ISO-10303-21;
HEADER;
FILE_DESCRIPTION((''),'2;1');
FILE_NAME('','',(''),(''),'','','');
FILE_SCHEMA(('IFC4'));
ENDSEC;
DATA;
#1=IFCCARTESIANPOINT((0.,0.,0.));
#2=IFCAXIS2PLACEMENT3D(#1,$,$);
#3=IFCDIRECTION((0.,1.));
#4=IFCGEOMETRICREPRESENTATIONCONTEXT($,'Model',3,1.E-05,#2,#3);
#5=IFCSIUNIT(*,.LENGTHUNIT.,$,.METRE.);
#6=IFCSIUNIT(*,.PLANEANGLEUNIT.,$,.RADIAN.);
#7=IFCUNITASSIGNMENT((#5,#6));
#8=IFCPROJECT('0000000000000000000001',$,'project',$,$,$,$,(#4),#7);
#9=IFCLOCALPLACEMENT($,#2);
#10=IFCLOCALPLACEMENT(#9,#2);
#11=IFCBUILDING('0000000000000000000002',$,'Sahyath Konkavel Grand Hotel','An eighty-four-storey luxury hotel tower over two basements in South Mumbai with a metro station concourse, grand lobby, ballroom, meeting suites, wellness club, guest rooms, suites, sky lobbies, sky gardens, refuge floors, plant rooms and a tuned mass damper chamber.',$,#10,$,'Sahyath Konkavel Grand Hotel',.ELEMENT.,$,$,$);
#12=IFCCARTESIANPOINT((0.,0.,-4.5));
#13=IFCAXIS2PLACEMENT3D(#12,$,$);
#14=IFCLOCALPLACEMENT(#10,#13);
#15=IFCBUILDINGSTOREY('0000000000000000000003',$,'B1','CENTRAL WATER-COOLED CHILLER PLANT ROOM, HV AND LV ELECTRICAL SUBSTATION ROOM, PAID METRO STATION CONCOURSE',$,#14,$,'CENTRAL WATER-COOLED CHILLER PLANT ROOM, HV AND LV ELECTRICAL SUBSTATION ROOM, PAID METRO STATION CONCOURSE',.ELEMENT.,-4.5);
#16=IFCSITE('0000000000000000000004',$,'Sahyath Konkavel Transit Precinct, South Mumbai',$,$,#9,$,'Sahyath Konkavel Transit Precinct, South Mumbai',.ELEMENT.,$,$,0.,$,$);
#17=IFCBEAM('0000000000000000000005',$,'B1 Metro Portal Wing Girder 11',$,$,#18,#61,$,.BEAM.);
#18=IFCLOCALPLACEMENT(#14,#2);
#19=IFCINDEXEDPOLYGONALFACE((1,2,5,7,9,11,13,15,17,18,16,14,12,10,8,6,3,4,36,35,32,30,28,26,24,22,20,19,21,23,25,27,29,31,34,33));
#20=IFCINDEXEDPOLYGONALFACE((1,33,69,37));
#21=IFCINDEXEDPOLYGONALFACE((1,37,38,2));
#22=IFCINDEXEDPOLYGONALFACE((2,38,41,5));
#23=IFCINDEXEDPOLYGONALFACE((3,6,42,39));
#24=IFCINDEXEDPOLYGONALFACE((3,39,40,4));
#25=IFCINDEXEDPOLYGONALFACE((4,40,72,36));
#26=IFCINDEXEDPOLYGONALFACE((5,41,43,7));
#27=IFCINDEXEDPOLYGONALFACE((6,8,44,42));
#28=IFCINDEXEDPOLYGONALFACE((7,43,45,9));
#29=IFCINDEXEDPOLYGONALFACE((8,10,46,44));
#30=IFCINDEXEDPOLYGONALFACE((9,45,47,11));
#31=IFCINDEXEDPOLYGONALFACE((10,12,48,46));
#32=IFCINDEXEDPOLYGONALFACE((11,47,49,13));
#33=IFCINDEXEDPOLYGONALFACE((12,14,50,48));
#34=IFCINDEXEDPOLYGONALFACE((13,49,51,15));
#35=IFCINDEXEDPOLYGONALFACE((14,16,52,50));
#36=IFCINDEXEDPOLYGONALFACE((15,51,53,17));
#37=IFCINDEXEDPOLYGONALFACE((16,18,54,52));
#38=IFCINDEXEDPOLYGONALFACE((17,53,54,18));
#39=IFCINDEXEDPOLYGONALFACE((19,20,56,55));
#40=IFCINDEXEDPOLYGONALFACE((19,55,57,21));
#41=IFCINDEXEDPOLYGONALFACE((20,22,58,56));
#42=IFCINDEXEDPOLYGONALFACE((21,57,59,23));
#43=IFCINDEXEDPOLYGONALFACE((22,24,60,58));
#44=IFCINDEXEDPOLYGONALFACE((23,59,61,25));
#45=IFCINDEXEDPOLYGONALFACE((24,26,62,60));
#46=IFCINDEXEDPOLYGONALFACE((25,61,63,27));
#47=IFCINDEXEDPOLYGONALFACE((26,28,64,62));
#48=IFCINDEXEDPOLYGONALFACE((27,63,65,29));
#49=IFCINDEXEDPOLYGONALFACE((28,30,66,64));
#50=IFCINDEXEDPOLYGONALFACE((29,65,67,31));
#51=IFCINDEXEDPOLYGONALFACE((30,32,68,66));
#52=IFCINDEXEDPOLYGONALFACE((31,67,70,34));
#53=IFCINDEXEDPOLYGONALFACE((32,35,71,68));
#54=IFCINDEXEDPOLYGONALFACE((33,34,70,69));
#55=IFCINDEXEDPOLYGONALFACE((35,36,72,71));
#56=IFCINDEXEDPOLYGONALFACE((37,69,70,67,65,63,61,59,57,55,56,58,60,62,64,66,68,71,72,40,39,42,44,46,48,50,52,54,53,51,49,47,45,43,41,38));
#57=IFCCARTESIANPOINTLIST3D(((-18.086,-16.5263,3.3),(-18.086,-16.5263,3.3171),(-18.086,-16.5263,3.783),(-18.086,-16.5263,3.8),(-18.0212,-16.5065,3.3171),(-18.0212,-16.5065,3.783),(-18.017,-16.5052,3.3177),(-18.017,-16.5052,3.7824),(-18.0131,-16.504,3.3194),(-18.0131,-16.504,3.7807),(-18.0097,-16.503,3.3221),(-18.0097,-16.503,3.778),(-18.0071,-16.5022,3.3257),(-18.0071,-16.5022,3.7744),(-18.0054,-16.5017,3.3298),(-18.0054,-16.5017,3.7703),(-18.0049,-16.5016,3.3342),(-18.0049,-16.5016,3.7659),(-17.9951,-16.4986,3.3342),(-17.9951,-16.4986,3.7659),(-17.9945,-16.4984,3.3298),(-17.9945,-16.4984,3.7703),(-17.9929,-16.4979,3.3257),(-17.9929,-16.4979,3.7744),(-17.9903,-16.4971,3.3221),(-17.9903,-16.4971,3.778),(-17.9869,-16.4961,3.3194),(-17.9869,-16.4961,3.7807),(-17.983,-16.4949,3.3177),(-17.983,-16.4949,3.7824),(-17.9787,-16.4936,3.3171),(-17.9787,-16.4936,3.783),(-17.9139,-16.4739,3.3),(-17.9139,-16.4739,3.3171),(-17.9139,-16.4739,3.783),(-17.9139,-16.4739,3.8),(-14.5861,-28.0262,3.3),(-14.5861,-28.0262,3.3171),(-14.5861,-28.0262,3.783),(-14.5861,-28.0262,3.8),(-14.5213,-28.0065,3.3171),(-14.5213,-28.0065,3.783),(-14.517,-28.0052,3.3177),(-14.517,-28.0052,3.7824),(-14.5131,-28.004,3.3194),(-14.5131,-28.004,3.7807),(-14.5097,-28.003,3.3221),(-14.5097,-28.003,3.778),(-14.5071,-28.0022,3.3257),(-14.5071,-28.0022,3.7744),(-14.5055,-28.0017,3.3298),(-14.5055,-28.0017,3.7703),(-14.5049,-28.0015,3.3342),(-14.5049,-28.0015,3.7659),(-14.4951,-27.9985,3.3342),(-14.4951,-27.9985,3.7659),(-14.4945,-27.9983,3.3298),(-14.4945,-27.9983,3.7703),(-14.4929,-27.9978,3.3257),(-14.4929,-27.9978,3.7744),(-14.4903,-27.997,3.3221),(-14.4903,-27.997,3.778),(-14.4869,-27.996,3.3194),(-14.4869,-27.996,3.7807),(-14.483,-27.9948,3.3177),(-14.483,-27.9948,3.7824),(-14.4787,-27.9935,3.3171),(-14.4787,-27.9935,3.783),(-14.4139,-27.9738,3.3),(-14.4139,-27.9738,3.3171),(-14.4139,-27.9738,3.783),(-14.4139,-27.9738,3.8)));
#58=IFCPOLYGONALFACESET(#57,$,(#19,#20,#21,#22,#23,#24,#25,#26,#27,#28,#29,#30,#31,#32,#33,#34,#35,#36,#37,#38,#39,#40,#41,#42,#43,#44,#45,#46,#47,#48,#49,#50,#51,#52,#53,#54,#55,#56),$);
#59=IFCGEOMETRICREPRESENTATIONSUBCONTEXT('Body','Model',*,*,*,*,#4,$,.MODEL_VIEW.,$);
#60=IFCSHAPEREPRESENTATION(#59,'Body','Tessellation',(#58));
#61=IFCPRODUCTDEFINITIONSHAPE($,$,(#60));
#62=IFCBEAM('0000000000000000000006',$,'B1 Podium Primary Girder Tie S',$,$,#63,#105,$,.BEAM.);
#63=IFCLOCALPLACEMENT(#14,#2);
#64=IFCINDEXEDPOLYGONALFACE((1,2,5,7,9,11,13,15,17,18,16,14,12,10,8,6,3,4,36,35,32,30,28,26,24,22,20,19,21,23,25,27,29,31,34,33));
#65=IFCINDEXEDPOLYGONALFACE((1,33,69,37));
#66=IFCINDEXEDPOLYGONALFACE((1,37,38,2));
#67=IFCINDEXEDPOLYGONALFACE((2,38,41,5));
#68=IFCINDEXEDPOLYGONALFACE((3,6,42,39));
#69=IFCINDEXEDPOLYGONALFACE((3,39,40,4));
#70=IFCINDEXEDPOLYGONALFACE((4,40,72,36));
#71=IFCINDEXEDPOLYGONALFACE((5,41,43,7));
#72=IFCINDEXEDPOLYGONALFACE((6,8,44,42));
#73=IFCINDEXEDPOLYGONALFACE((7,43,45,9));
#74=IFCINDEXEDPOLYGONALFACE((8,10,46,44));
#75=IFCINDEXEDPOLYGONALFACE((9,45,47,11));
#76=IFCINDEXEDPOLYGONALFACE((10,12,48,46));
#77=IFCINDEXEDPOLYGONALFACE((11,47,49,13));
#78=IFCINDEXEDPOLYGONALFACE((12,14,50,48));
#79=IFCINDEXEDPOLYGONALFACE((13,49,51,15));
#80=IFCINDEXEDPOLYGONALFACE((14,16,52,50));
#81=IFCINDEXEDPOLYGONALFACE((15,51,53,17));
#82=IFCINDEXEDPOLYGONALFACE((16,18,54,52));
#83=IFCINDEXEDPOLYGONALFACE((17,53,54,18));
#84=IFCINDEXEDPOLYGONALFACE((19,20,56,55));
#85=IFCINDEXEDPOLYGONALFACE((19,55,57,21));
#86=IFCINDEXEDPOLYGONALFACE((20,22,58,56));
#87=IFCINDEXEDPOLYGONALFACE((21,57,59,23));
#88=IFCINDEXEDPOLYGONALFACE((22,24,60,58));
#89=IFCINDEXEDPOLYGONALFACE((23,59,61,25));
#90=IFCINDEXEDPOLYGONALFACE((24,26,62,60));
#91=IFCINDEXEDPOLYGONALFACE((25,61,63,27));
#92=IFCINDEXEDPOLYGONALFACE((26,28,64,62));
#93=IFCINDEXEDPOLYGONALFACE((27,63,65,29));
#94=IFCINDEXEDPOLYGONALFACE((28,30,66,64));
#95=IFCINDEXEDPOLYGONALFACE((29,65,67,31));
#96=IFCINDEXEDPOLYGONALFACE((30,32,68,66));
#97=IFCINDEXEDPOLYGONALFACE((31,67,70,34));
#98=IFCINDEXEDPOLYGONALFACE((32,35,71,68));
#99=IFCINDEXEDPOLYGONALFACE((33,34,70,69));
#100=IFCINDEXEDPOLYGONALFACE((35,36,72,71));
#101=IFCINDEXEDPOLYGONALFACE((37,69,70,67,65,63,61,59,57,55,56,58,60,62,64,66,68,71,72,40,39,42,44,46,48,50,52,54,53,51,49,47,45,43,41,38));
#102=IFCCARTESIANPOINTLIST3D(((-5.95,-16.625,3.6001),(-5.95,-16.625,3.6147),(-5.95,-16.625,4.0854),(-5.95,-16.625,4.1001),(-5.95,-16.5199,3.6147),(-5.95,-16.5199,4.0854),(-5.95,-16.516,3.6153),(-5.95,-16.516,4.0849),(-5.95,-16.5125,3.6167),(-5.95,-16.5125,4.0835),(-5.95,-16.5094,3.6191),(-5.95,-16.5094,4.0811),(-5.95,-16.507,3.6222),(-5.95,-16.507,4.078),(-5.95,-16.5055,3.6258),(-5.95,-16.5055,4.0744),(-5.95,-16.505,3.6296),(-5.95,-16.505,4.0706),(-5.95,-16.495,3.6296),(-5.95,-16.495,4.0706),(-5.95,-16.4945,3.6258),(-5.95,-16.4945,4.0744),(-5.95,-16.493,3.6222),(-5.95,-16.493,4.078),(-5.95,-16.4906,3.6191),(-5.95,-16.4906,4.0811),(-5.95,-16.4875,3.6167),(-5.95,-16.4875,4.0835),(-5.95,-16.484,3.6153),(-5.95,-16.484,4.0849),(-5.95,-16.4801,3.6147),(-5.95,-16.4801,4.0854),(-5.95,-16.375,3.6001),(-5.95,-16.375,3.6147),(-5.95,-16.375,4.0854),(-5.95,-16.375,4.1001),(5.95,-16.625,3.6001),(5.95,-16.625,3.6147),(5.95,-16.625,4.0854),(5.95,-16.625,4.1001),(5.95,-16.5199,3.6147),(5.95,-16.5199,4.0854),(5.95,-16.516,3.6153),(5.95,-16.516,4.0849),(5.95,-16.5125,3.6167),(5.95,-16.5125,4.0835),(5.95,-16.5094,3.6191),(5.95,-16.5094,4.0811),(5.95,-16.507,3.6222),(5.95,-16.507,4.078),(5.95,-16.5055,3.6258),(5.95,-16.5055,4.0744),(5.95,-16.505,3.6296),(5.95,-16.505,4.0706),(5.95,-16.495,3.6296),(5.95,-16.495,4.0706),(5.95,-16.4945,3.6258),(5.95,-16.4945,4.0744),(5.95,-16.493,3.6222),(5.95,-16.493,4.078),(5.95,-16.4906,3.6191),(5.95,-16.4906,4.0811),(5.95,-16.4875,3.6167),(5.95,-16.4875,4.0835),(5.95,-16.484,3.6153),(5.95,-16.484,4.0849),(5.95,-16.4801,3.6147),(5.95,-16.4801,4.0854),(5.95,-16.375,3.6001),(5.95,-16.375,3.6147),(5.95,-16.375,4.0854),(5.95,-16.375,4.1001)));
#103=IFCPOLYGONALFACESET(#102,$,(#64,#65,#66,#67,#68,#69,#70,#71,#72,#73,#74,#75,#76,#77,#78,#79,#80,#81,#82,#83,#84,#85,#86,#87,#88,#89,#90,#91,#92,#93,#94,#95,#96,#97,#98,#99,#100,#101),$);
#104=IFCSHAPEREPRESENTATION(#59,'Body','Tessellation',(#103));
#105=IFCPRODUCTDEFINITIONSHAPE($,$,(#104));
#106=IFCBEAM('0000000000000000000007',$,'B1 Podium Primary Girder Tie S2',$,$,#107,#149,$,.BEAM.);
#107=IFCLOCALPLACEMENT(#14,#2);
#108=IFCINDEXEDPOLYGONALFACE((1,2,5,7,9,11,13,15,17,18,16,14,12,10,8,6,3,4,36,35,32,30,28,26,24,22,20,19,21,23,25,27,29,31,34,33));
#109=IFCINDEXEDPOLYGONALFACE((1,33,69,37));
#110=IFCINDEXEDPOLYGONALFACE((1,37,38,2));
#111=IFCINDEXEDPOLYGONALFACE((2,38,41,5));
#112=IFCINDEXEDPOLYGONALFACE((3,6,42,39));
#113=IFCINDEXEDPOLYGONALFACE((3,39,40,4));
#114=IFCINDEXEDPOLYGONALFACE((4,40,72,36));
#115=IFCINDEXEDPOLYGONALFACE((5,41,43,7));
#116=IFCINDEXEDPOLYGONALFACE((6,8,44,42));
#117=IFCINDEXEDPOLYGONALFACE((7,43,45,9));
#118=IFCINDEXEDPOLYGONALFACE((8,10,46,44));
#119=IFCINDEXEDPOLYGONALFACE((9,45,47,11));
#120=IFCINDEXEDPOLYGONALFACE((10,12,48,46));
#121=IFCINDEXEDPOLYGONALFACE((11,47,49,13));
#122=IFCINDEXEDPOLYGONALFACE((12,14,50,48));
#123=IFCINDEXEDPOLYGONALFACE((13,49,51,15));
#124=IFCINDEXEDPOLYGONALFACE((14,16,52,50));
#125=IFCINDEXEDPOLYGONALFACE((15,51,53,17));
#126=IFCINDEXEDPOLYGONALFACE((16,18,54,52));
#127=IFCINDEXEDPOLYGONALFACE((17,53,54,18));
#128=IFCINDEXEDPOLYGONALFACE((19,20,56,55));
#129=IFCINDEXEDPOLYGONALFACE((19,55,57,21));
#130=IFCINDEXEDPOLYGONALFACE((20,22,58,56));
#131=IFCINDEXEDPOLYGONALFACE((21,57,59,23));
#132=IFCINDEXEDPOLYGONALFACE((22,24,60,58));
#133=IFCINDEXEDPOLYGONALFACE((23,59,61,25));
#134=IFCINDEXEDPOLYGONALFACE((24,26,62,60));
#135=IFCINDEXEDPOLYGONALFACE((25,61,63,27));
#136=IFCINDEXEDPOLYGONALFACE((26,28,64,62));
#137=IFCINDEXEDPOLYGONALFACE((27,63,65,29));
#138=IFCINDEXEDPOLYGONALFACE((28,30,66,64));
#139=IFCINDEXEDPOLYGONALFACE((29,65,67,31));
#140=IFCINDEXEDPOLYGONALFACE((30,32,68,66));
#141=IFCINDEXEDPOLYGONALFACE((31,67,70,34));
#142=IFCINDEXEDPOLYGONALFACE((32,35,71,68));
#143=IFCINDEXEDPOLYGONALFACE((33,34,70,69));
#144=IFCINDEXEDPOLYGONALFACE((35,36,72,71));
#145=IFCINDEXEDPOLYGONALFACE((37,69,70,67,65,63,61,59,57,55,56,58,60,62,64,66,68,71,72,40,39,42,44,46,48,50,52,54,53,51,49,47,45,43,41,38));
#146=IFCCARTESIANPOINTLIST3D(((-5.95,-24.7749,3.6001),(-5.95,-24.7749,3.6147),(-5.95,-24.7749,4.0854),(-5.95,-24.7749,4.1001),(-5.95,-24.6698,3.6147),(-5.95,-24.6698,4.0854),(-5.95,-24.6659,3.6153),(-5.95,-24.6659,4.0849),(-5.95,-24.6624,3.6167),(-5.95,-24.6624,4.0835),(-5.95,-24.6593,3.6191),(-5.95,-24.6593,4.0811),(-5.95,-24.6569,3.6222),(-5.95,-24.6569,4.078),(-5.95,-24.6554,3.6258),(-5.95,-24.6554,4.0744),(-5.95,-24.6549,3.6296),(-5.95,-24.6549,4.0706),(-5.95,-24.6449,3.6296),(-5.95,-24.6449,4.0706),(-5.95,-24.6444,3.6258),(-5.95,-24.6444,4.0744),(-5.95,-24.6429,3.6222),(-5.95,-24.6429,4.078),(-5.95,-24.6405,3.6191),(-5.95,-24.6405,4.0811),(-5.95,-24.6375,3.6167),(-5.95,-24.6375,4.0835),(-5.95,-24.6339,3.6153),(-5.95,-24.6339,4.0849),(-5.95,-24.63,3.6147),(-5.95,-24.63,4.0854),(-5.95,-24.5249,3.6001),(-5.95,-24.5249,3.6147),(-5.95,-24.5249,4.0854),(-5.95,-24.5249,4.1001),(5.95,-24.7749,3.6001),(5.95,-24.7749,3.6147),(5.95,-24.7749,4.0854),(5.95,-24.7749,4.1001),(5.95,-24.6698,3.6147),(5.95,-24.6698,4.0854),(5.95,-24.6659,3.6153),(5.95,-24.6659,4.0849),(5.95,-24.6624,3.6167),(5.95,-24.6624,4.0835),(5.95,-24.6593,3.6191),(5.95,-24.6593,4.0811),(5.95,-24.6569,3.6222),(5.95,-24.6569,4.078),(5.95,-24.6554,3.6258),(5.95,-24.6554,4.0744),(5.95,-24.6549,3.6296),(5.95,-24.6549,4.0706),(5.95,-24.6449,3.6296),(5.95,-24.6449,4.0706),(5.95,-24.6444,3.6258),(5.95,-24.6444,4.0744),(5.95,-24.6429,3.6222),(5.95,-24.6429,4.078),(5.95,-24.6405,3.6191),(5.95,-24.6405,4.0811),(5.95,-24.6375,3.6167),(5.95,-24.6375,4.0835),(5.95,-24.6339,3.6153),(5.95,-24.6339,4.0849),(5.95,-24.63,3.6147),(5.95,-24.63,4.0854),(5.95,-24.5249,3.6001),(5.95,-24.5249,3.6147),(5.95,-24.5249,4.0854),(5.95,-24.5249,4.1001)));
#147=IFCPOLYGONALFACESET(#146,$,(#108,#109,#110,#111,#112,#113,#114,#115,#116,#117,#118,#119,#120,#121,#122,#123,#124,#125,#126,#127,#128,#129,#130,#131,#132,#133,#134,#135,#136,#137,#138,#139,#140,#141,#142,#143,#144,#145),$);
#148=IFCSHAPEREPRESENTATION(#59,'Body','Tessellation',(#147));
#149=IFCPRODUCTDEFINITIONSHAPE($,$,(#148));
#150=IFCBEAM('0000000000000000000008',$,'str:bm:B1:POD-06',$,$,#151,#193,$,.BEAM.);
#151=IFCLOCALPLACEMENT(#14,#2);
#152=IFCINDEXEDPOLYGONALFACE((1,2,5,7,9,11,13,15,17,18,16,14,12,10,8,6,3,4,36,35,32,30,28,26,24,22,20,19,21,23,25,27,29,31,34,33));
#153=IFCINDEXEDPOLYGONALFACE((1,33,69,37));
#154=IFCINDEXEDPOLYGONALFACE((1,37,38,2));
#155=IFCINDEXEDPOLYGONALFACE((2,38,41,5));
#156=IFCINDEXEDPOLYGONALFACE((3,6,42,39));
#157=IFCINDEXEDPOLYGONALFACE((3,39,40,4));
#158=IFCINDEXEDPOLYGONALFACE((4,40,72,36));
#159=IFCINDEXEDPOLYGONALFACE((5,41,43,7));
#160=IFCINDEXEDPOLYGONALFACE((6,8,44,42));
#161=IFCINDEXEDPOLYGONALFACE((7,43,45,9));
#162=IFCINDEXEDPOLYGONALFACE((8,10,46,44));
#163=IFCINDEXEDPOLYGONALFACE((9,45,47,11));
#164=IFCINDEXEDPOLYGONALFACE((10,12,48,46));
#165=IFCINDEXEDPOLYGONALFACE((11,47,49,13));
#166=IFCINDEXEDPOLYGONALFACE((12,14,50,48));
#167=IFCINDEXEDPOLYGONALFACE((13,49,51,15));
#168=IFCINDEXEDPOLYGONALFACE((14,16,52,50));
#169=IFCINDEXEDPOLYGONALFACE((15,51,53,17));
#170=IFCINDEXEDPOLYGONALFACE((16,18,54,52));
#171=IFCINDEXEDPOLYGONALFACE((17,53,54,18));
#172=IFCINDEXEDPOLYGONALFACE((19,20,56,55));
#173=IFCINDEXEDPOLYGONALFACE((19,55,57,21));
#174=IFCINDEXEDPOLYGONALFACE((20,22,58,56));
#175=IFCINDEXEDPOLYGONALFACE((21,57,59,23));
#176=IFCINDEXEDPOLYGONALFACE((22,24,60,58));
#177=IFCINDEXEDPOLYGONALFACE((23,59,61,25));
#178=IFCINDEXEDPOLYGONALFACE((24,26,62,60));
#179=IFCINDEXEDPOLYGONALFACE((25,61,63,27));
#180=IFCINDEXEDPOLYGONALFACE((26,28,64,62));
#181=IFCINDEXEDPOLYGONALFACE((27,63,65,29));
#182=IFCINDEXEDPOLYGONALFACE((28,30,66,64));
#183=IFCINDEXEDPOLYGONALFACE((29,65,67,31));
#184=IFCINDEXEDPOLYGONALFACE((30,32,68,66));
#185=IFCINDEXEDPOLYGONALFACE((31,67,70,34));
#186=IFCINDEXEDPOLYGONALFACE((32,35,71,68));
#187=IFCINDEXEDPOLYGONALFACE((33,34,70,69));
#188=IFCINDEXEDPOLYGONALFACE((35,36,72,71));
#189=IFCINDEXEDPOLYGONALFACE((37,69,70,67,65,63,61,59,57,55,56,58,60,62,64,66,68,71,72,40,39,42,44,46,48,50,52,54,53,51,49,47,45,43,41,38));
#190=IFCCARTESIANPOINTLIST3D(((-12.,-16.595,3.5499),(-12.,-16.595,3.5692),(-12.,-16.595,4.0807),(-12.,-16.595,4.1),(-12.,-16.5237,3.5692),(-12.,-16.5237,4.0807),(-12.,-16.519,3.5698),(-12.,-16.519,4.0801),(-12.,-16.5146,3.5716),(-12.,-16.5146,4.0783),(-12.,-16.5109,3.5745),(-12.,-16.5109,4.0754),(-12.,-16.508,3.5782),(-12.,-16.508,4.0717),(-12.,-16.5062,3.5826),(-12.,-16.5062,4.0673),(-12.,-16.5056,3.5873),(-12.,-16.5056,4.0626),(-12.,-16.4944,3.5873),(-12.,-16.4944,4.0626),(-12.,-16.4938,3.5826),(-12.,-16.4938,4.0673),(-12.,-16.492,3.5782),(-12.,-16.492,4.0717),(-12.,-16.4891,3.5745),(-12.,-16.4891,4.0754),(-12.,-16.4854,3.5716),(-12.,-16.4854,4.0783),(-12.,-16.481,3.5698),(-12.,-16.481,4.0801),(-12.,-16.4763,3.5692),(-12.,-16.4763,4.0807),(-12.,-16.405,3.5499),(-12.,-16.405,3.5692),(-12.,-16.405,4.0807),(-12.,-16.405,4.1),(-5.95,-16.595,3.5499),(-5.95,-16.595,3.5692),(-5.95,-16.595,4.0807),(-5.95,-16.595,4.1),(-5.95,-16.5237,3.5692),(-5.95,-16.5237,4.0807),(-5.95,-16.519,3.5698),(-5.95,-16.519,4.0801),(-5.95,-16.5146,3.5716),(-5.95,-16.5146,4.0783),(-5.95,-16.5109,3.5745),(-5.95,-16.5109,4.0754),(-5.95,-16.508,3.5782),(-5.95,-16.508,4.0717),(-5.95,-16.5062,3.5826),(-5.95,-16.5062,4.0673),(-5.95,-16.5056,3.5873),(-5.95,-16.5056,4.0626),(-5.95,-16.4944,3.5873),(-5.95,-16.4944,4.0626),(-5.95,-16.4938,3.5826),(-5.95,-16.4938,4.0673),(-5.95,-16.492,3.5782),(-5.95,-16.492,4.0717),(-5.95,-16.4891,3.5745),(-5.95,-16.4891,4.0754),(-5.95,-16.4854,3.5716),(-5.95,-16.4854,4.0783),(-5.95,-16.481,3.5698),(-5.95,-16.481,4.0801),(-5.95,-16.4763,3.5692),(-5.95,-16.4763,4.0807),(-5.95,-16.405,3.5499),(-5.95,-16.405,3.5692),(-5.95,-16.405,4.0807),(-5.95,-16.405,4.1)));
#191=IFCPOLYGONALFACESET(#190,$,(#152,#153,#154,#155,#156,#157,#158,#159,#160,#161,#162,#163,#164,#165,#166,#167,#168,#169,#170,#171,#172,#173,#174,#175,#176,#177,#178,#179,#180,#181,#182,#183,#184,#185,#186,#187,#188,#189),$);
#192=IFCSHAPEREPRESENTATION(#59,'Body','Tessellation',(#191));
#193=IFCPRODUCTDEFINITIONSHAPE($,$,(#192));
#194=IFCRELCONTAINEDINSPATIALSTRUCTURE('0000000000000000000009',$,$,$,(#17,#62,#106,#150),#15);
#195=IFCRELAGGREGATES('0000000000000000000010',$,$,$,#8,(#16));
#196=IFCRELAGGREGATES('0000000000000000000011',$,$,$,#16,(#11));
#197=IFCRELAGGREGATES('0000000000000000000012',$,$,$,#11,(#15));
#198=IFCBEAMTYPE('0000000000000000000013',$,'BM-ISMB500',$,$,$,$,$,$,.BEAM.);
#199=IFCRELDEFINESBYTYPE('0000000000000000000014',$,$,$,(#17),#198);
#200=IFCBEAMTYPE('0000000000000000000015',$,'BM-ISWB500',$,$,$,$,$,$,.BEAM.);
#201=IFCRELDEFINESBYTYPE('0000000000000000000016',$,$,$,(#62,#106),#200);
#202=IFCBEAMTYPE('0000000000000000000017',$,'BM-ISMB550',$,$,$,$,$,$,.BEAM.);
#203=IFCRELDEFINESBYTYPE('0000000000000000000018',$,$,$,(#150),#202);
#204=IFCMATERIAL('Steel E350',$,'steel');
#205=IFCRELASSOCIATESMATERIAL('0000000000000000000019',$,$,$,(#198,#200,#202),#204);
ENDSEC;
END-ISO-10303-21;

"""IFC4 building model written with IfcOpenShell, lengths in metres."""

from ifc_helpers import new_model, si_unit, direction, frame, origin, origin_2d, place, context, subcontext, project, spatial, i_section, extrude, source, transform, mapped, material, material_profile, profile_set, type_object, element, save


model = new_model("IFC4")

# Units and contexts
model_context = context("Model", 3, precision=1e-05, world=origin(), true_north=direction((0.0, 1.0)))
body_context = subcontext(model_context, "Body", "Model", "MODEL_VIEW")
ifc_project = project(units=[si_unit("LENGTHUNIT", "METRE"), si_unit("PLANEANGLEUNIT", "RADIAN")], contexts=[model_context])

# Site, building, storey
site_placement = place(None, origin())
site = spatial("IfcSite", under=ifc_project, at=site_placement, Name="Sahyath Konkavel Transit Precinct, South Mumbai", LongName="Sahyath Konkavel Transit Precinct, South Mumbai", CompositionType="ELEMENT", RefElevation=0.0)
building_placement = place(site_placement, origin())
building = spatial("IfcBuilding", under=site, at=building_placement, Name="Sahyath Konkavel Grand Hotel", Description="An eighty-four-storey luxury hotel tower over two basements in South Mumbai with a metro station concourse, grand lobby, ballroom, meeting suites, wellness club, guest rooms, suites, sky lobbies, sky gardens, refuge floors, plant rooms and a tuned mass damper chamber.", LongName="Sahyath Konkavel Grand Hotel", CompositionType="ELEMENT")
storey_placement = place(building_placement, frame((0.0, 0.0, -4.5)))
storey = spatial("IfcBuildingStorey", under=building, at=storey_placement, Name="B1", Description="CENTRAL WATER-COOLED CHILLER PLANT ROOM, HV AND LV ELECTRICAL SUBSTATION ROOM, PAID METRO STATION CONCOURSE", LongName="CENTRAL WATER-COOLED CHILLER PLANT ROOM, HV AND LV ELECTRICAL SUBSTATION ROOM, PAID METRO STATION CONCOURSE", CompositionType="ELEMENT", Elevation=-4.5)

# Beams
ifc_material_1 = material(Name="Steel E350", Category="steel")
ifc_material_profile_1 = material_profile(ifc_material_1, i_section(OverallWidth=0.1799, OverallDepth=0.5, WebThickness=0.0103, FlangeThickness=0.0171, FilletRadius=0.0171, at=origin_2d()), Name="ISMB 500")
ifc_profile_set_1 = profile_set([ifc_material_profile_1], Name="Steel E350")
beam_type_1 = type_object("IfcBeamType", Name="BM-ISMB500", PredefinedType="BEAM", material=ifc_profile_set_1)
shared_shape_1 = source(origin(), body_context, "Body", "SweptSolid", [
    extrude(i_section(OverallWidth=0.1799, OverallDepth=0.5, WebThickness=0.0103, FlangeThickness=0.0171, FilletRadius=0.0171, at=origin_2d()), origin(), (0.0, 0.0, 1.0), 12.0208),
])
beam_1_placement = place(storey_placement, frame((-14.5, -28.0, 3.55), z_axis=(-0.291162, 0.956674, 0.0), x_axis=(-0.956674, -0.291162, 0.0)))
element("IfcBeam", 1, at=beam_1_placement, inside=storey, type_object=beam_type_1, Name="B1 Metro Portal Wing Girder 11", PredefinedType="BEAM", context=body_context, shape_type="MappedRepresentation", body=[
    mapped(shared_shape_1, transform((0.0, 0.0, 0.0), scale=1.0)),
])
ifc_material_profile_2 = material_profile(ifc_material_1, i_section(OverallWidth=0.25, OverallDepth=0.5, WebThickness=0.01, FlangeThickness=0.0146, FilletRadius=0.0149, at=origin_2d()), Name="ISWB 500")
ifc_profile_set_2 = profile_set([ifc_material_profile_2], Name="Steel E350")
beam_type_2 = type_object("IfcBeamType", Name="BM-ISWB500", PredefinedType="BEAM", material=ifc_profile_set_2)
shared_shape_2 = source(origin(), body_context, "Body", "SweptSolid", [
    extrude(i_section(OverallWidth=0.25, OverallDepth=0.5, WebThickness=0.01, FlangeThickness=0.0146, FilletRadius=0.0149, at=origin_2d()), origin(), (0.0, 0.0, 1.0), 11.8999),
])
for number, where, z_axis, x_axis, name in (
    (2, (-5.95, -16.5, 3.8501), (1.0, 0.0, 0.0), (0.0, 1.0, 0.0), "B1 Podium Primary Girder Tie S"),
    (3, (-5.95, -24.6499, 3.8501), (1.0, 0.0, 0.0), (0.0, 1.0, 0.0), "B1 Podium Primary Girder Tie S2"),
):
    element("IfcBeam", number, at=place(storey_placement, frame(where, z_axis=z_axis, x_axis=x_axis)), inside=storey, type_object=beam_type_2, Name=name, PredefinedType="BEAM", context=body_context, shape_type="MappedRepresentation", body=[
        mapped(shared_shape_2, transform((0.0, 0.0, 0.0), scale=1.0)),
    ])
ifc_material_profile_3 = material_profile(ifc_material_1, i_section(OverallWidth=0.1899, OverallDepth=0.55, WebThickness=0.0112, FlangeThickness=0.0193, FilletRadius=0.0181, at=origin_2d()), Name="ISMB 550")
ifc_profile_set_3 = profile_set([ifc_material_profile_3], Name="Steel E350")
beam_type_3 = type_object("IfcBeamType", Name="BM-ISMB550", PredefinedType="BEAM", material=ifc_profile_set_3)
shared_shape_3 = source(origin(), body_context, "Body", "SweptSolid", [
    extrude(i_section(OverallWidth=0.1899, OverallDepth=0.55, WebThickness=0.0112, FlangeThickness=0.0193, FilletRadius=0.0181, at=origin_2d()), origin(), (0.0, 0.0, 1.0), 6.05),
])
beam_2_placement = place(storey_placement, frame((-12.0, -16.5, 3.825), z_axis=(1.0, 0.0, 0.0), x_axis=(0.0, 1.0, 0.0)))
element("IfcBeam", 4, at=beam_2_placement, inside=storey, type_object=beam_type_3, Name="str:bm:B1:POD-06", PredefinedType="BEAM", context=body_context, shape_type="MappedRepresentation", body=[
    mapped(shared_shape_3, transform((0.0, 0.0, 0.0), scale=1.0)),
])

save(model, "model.ifc")
